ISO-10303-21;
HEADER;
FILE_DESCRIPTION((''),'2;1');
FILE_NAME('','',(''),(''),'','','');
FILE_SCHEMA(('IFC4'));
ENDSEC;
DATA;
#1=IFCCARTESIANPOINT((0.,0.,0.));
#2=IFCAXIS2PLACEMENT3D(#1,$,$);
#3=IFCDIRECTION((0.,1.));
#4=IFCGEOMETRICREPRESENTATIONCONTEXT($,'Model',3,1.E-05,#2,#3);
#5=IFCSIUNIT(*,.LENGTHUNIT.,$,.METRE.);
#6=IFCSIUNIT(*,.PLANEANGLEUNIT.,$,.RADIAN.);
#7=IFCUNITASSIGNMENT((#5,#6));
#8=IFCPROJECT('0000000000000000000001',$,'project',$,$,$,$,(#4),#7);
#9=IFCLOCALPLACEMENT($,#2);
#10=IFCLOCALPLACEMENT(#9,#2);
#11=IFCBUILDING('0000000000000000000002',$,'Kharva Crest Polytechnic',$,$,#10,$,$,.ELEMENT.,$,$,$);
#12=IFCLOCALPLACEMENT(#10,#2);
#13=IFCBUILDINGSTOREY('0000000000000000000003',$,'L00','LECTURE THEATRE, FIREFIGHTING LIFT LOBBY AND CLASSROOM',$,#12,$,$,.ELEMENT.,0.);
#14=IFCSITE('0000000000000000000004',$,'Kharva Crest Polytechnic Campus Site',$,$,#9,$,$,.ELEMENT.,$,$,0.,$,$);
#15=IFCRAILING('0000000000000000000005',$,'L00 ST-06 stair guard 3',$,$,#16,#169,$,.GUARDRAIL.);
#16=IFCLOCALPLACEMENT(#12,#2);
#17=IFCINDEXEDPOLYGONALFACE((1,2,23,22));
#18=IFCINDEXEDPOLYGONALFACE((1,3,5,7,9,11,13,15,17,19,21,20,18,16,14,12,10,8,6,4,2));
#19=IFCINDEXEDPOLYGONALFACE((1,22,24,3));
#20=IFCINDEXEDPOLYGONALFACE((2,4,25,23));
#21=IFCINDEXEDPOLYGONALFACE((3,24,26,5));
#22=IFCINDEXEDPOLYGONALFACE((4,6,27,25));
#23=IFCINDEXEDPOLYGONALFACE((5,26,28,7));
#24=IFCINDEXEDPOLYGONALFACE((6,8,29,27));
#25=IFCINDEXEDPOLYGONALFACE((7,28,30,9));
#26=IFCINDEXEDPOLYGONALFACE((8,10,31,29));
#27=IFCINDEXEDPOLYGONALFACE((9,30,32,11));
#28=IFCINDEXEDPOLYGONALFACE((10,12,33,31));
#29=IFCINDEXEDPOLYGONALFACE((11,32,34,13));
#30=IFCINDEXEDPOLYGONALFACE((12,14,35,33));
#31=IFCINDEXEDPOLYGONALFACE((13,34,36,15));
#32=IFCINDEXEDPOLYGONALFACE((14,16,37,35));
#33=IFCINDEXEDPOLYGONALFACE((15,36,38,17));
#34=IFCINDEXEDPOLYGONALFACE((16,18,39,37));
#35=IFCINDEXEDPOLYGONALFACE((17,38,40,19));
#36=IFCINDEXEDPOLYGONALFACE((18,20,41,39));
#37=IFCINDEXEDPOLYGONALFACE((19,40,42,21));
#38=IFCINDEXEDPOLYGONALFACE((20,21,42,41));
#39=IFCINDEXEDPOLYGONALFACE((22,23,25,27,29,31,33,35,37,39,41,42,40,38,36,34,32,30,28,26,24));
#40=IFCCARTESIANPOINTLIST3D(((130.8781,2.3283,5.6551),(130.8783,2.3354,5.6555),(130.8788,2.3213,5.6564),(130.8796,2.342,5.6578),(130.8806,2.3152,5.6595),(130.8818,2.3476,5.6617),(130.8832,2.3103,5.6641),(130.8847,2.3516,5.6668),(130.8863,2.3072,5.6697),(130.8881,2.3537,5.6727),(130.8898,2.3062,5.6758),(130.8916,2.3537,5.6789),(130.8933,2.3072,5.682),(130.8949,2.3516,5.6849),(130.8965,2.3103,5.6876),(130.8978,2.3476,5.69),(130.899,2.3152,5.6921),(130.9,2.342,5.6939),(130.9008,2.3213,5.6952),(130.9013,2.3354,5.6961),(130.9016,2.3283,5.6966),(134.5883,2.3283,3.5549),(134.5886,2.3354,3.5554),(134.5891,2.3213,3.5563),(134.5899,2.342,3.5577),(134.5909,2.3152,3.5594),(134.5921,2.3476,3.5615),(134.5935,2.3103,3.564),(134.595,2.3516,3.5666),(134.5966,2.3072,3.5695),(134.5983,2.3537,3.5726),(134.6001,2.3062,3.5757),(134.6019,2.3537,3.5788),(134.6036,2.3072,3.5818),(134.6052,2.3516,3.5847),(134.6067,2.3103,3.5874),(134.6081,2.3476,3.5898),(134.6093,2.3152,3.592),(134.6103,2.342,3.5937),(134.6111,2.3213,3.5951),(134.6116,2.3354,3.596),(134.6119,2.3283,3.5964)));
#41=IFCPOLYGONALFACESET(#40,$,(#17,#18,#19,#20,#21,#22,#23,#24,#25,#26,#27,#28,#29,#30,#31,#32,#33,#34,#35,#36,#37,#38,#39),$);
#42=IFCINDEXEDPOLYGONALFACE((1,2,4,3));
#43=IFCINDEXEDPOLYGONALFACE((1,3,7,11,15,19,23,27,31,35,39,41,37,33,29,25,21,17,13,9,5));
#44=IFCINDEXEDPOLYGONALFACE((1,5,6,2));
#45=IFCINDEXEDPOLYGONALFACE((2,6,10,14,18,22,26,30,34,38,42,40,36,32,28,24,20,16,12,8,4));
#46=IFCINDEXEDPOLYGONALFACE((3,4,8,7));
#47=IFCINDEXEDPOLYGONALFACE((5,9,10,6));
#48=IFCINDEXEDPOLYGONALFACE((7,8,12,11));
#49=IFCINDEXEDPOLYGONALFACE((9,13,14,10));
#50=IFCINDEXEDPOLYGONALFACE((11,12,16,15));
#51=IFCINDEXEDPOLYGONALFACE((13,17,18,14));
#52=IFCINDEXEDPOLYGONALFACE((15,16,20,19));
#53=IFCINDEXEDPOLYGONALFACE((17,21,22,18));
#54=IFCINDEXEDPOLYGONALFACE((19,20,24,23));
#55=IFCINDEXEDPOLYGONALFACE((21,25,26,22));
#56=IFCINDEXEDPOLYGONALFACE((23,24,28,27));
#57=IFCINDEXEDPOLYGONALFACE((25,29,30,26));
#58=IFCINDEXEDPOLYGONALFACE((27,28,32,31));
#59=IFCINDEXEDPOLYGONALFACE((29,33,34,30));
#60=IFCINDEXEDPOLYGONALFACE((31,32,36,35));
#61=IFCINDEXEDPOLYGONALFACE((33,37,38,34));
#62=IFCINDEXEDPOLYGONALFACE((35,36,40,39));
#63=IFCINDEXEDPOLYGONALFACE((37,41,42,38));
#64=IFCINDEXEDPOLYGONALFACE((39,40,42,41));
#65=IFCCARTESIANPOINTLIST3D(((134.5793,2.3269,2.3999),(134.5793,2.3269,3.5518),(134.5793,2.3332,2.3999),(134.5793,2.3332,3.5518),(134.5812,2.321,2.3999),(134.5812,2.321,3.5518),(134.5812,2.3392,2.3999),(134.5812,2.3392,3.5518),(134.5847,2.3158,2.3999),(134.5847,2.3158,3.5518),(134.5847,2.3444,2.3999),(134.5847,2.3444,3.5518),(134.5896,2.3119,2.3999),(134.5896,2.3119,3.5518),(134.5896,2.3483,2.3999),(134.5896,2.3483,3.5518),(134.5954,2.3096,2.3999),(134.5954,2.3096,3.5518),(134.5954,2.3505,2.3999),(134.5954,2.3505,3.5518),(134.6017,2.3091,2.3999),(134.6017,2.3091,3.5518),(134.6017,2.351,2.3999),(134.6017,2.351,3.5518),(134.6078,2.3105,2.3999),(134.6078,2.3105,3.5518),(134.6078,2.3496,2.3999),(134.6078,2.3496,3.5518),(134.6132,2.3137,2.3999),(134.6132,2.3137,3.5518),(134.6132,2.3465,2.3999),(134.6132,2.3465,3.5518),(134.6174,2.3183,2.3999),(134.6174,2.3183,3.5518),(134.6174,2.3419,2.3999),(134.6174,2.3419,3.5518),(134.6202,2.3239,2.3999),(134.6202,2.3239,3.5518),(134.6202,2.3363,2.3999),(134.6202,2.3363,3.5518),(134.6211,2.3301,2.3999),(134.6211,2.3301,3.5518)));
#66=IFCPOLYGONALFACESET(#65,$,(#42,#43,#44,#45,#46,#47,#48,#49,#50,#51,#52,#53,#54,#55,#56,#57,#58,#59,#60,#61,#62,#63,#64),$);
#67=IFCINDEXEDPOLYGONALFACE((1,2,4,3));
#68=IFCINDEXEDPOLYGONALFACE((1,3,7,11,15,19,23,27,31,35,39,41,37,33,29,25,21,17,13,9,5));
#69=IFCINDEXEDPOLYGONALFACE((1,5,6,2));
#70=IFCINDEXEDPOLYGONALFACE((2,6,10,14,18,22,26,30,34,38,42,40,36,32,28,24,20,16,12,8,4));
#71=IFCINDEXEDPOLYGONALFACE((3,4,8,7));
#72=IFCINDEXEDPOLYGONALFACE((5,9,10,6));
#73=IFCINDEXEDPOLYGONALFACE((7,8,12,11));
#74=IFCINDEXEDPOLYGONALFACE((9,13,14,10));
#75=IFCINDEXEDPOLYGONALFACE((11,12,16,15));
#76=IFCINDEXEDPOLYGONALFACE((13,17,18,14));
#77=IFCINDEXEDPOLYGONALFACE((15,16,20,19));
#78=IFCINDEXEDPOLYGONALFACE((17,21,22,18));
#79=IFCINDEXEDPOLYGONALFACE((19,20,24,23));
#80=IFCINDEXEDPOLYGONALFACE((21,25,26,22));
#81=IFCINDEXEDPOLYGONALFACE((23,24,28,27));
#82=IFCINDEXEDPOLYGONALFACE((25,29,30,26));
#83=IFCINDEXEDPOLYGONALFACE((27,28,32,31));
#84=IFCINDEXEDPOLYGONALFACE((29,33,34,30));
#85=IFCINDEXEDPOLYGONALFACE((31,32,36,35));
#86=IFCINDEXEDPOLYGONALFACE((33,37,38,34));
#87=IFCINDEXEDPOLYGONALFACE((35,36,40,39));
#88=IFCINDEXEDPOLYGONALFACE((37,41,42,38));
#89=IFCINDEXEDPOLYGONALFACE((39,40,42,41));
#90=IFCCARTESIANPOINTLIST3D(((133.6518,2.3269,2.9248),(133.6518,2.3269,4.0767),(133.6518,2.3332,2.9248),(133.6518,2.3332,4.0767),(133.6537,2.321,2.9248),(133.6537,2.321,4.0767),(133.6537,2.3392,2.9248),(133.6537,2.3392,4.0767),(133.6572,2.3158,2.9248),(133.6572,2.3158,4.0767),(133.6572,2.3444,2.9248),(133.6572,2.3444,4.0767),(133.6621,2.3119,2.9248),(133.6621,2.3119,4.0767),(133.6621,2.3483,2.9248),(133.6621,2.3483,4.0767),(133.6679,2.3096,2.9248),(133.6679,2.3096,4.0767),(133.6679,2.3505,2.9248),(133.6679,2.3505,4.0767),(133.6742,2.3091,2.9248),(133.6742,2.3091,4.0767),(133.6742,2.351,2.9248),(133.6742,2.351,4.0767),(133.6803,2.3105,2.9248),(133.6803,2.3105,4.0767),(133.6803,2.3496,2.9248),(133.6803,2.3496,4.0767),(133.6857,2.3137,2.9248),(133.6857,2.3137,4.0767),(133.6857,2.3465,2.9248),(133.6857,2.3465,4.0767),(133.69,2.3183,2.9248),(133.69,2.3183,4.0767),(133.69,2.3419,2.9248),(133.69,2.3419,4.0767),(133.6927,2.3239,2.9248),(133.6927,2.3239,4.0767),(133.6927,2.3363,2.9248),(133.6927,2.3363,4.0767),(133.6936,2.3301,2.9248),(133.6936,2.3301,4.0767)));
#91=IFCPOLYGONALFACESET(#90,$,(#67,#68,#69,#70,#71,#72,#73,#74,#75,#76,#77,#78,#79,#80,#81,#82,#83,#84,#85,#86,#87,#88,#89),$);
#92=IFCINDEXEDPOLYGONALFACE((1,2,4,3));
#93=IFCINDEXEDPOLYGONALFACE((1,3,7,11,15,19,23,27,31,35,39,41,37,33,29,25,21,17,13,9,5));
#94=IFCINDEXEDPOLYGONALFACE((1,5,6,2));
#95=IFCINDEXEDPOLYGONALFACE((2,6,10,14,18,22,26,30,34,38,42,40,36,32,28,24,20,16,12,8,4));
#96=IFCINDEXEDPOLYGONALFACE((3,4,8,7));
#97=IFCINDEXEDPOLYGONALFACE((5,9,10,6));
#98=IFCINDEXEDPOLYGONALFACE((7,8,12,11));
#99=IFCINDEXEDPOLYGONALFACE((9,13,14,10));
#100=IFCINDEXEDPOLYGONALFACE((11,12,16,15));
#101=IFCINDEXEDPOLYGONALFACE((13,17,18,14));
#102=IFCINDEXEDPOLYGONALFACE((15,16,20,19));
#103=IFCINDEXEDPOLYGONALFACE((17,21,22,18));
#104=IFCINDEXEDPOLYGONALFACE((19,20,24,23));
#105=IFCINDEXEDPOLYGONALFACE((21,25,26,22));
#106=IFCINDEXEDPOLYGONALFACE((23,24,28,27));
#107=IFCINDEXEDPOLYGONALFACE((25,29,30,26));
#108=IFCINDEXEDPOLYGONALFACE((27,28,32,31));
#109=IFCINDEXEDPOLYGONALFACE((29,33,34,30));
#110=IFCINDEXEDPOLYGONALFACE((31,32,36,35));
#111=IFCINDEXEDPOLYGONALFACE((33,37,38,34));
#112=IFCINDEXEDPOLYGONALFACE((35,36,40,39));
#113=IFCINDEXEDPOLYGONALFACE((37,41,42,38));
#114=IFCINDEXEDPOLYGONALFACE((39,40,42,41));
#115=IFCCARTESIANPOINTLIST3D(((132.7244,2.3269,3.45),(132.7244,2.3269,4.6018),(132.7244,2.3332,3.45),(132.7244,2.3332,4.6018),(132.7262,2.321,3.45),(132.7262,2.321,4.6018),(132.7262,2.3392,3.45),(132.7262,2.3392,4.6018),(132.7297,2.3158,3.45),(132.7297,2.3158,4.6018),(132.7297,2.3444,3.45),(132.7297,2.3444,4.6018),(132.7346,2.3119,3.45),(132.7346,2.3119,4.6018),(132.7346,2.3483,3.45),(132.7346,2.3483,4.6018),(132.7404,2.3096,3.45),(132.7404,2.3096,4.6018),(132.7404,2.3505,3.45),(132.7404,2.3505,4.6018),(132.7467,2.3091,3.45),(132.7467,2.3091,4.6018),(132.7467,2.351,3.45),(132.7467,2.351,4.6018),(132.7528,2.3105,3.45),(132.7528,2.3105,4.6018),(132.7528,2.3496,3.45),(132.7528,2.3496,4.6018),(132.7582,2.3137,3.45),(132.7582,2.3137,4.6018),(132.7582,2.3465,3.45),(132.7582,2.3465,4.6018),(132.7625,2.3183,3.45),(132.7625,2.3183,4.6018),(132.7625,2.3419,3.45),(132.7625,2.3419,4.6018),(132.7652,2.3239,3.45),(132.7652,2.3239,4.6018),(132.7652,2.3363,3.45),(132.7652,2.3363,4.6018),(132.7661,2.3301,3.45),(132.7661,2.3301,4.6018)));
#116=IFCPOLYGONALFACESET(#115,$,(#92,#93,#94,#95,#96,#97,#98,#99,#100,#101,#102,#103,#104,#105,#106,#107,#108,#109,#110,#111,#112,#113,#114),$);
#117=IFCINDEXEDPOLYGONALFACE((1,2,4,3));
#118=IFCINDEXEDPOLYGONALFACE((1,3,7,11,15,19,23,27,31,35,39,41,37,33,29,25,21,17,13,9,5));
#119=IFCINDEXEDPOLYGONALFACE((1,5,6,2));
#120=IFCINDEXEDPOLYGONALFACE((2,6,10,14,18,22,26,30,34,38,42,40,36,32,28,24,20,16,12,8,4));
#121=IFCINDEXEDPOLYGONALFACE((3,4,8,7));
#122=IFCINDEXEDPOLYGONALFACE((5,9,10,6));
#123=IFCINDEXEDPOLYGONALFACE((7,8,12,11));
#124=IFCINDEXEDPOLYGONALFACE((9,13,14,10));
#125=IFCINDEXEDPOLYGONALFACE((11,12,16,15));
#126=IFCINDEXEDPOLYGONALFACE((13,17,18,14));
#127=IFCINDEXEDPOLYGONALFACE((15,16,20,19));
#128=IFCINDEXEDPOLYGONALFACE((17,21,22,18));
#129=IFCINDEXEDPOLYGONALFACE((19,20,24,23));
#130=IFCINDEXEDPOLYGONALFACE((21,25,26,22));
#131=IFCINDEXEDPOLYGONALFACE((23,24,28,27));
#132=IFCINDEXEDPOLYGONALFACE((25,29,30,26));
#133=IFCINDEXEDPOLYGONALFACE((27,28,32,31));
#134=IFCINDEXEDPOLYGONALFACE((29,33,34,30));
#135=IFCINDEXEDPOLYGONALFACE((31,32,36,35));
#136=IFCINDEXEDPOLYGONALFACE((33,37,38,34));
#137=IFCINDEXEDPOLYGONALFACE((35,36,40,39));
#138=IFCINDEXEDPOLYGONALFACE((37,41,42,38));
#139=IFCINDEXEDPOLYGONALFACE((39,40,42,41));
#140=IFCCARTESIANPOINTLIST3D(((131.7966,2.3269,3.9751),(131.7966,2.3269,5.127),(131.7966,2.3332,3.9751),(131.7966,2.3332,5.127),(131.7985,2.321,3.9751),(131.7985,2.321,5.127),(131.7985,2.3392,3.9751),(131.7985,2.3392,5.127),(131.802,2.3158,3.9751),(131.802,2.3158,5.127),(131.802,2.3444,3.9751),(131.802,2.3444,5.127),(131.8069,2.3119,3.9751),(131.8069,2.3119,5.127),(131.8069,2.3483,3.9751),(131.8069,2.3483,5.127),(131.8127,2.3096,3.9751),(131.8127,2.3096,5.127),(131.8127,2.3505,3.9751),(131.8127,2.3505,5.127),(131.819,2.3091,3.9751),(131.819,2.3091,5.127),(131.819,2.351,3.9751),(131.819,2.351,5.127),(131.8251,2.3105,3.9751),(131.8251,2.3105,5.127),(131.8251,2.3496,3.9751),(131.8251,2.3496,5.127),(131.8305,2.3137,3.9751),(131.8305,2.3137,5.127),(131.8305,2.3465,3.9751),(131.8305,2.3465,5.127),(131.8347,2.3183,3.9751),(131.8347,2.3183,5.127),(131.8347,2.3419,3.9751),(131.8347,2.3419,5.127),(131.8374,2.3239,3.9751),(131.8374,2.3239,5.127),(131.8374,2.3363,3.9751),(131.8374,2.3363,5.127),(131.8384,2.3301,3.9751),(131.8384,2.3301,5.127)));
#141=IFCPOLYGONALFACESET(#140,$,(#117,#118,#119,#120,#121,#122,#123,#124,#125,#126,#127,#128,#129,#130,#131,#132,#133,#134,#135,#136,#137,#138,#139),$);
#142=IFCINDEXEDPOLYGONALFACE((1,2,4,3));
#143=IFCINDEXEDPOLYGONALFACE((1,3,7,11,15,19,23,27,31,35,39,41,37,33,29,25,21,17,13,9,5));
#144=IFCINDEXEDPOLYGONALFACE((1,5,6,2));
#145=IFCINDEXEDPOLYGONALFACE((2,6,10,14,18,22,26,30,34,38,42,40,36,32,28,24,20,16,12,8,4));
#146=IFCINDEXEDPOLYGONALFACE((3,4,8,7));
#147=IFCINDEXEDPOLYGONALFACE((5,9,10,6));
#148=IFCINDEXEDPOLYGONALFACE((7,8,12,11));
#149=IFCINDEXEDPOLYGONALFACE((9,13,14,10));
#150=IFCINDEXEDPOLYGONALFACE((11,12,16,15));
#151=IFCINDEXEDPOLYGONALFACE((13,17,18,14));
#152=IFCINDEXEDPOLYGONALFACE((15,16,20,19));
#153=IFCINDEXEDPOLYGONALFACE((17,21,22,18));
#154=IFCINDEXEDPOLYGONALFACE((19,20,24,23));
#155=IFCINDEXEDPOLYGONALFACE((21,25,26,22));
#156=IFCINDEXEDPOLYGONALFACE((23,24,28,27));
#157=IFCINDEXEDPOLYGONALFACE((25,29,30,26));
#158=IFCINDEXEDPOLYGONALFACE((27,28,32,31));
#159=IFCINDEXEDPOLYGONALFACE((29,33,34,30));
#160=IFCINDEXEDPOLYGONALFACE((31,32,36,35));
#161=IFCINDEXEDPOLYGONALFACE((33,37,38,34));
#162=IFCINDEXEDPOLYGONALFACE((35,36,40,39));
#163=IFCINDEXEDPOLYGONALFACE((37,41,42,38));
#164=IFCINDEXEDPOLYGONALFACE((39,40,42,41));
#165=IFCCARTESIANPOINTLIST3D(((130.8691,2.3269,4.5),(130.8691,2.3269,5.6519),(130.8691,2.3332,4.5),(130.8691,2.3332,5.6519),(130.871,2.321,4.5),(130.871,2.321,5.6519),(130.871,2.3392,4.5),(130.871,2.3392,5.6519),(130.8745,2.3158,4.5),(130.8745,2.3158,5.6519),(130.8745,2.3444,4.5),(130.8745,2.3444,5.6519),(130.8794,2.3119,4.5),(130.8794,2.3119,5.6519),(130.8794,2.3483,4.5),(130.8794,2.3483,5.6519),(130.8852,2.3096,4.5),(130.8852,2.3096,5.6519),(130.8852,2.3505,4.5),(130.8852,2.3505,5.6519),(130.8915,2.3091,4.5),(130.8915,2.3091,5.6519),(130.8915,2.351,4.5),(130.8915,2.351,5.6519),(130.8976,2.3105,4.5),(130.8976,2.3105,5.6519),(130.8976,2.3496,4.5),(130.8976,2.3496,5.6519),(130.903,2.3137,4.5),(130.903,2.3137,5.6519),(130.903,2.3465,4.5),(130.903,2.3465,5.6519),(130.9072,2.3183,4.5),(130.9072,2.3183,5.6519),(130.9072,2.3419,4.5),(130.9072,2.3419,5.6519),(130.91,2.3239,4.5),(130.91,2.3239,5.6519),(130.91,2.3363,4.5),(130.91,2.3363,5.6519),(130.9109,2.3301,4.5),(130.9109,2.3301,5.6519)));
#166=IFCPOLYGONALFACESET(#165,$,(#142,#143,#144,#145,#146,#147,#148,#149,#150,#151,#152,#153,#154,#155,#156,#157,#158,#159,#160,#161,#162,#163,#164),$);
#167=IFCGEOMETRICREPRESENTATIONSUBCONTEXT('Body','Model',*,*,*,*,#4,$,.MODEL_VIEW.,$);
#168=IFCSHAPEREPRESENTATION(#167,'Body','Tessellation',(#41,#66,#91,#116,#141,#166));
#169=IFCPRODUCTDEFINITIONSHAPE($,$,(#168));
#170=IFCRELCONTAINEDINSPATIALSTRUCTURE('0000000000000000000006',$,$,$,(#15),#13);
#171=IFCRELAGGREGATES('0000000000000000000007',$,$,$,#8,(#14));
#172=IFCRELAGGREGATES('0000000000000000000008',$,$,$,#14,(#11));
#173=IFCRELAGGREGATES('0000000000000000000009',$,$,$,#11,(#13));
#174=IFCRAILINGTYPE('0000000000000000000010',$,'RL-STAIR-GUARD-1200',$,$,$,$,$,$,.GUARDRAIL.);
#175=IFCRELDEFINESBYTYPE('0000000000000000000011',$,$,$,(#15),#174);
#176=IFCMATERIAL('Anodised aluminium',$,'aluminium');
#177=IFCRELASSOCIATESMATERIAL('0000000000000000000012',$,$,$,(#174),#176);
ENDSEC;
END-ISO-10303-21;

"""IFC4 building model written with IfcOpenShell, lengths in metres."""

from ifc_helpers import new_model, si_unit, direction, frame, origin, origin_2d, place, context, subcontext, project, spatial, circle, extrude, material, type_object, element, save


model = new_model("IFC4")

# Units and contexts
model_context = context("Model", 3, precision=1e-05, world=origin(), true_north=direction((0.0, 1.0)))
body_context = subcontext(model_context, "Body", "Model", "MODEL_VIEW")
ifc_project = project(units=[si_unit("LENGTHUNIT", "METRE"), si_unit("PLANEANGLEUNIT", "RADIAN")], contexts=[model_context])

# Site, building, storey
site_placement = place(None, origin())
site = spatial("IfcSite", under=ifc_project, at=site_placement, Name="Kharva Crest Polytechnic Campus Site", CompositionType="ELEMENT", RefElevation=0.0)
building_placement = place(site_placement, origin())
building = spatial("IfcBuilding", under=site, at=building_placement, Name="Kharva Crest Polytechnic", CompositionType="ELEMENT")
storey_placement = place(building_placement, origin())
storey = spatial("IfcBuildingStorey", under=building, at=storey_placement, Name="L00", Description="LECTURE THEATRE, FIREFIGHTING LIFT LOBBY AND CLASSROOM", CompositionType="ELEMENT", Elevation=0.0)

# Railing
ifc_material_1 = material(Name="Anodised aluminium", Category="aluminium")
railing_type_1 = type_object("IfcRailingType", Name="RL-STAIR-GUARD-1200", PredefinedType="GUARDRAIL", material=ifc_material_1)
railing_1_placement = place(storey_placement, frame((134.6001, 2.3301, 2.3999)))
element("IfcRailing", 1, at=railing_1_placement, inside=storey, type_object=railing_type_1, Name="L00 ST-06 stair guard 3", PredefinedType="GUARDRAIL", context=body_context, shape_type="SweptSolid", body=[
    extrude(circle(Radius=0.0239, at=origin_2d()), frame((0.0, 0.0, 1.1758), z_axis=(-0.870259, 0.0, 0.492595), x_axis=(0.0, -1.0, 0.0)), (0.0, 0.0, 1.0), 4.2634),
    extrude(circle(Radius=0.021, at=origin_2d()), origin(), (0.0, 0.0, 1.0), 1.1519),
    extrude(circle(Radius=0.021, at=origin_2d()), frame((-0.9275, 0.0, 0.5249)), (0.0, 0.0, 1.0), 1.1519),
    extrude(circle(Radius=0.021, at=origin_2d()), frame((-1.855, 0.0, 1.05)), (0.0, 0.0, 1.0), 1.1519),
    extrude(circle(Radius=0.021, at=origin_2d()), frame((-2.7827, 0.0, 1.5752)), (0.0, 0.0, 1.0), 1.1519),
    extrude(circle(Radius=0.021, at=origin_2d()), frame((-3.7102, 0.0, 2.1001)), (0.0, 0.0, 1.0), 1.1519),
])

save(model, "model.ifc")
